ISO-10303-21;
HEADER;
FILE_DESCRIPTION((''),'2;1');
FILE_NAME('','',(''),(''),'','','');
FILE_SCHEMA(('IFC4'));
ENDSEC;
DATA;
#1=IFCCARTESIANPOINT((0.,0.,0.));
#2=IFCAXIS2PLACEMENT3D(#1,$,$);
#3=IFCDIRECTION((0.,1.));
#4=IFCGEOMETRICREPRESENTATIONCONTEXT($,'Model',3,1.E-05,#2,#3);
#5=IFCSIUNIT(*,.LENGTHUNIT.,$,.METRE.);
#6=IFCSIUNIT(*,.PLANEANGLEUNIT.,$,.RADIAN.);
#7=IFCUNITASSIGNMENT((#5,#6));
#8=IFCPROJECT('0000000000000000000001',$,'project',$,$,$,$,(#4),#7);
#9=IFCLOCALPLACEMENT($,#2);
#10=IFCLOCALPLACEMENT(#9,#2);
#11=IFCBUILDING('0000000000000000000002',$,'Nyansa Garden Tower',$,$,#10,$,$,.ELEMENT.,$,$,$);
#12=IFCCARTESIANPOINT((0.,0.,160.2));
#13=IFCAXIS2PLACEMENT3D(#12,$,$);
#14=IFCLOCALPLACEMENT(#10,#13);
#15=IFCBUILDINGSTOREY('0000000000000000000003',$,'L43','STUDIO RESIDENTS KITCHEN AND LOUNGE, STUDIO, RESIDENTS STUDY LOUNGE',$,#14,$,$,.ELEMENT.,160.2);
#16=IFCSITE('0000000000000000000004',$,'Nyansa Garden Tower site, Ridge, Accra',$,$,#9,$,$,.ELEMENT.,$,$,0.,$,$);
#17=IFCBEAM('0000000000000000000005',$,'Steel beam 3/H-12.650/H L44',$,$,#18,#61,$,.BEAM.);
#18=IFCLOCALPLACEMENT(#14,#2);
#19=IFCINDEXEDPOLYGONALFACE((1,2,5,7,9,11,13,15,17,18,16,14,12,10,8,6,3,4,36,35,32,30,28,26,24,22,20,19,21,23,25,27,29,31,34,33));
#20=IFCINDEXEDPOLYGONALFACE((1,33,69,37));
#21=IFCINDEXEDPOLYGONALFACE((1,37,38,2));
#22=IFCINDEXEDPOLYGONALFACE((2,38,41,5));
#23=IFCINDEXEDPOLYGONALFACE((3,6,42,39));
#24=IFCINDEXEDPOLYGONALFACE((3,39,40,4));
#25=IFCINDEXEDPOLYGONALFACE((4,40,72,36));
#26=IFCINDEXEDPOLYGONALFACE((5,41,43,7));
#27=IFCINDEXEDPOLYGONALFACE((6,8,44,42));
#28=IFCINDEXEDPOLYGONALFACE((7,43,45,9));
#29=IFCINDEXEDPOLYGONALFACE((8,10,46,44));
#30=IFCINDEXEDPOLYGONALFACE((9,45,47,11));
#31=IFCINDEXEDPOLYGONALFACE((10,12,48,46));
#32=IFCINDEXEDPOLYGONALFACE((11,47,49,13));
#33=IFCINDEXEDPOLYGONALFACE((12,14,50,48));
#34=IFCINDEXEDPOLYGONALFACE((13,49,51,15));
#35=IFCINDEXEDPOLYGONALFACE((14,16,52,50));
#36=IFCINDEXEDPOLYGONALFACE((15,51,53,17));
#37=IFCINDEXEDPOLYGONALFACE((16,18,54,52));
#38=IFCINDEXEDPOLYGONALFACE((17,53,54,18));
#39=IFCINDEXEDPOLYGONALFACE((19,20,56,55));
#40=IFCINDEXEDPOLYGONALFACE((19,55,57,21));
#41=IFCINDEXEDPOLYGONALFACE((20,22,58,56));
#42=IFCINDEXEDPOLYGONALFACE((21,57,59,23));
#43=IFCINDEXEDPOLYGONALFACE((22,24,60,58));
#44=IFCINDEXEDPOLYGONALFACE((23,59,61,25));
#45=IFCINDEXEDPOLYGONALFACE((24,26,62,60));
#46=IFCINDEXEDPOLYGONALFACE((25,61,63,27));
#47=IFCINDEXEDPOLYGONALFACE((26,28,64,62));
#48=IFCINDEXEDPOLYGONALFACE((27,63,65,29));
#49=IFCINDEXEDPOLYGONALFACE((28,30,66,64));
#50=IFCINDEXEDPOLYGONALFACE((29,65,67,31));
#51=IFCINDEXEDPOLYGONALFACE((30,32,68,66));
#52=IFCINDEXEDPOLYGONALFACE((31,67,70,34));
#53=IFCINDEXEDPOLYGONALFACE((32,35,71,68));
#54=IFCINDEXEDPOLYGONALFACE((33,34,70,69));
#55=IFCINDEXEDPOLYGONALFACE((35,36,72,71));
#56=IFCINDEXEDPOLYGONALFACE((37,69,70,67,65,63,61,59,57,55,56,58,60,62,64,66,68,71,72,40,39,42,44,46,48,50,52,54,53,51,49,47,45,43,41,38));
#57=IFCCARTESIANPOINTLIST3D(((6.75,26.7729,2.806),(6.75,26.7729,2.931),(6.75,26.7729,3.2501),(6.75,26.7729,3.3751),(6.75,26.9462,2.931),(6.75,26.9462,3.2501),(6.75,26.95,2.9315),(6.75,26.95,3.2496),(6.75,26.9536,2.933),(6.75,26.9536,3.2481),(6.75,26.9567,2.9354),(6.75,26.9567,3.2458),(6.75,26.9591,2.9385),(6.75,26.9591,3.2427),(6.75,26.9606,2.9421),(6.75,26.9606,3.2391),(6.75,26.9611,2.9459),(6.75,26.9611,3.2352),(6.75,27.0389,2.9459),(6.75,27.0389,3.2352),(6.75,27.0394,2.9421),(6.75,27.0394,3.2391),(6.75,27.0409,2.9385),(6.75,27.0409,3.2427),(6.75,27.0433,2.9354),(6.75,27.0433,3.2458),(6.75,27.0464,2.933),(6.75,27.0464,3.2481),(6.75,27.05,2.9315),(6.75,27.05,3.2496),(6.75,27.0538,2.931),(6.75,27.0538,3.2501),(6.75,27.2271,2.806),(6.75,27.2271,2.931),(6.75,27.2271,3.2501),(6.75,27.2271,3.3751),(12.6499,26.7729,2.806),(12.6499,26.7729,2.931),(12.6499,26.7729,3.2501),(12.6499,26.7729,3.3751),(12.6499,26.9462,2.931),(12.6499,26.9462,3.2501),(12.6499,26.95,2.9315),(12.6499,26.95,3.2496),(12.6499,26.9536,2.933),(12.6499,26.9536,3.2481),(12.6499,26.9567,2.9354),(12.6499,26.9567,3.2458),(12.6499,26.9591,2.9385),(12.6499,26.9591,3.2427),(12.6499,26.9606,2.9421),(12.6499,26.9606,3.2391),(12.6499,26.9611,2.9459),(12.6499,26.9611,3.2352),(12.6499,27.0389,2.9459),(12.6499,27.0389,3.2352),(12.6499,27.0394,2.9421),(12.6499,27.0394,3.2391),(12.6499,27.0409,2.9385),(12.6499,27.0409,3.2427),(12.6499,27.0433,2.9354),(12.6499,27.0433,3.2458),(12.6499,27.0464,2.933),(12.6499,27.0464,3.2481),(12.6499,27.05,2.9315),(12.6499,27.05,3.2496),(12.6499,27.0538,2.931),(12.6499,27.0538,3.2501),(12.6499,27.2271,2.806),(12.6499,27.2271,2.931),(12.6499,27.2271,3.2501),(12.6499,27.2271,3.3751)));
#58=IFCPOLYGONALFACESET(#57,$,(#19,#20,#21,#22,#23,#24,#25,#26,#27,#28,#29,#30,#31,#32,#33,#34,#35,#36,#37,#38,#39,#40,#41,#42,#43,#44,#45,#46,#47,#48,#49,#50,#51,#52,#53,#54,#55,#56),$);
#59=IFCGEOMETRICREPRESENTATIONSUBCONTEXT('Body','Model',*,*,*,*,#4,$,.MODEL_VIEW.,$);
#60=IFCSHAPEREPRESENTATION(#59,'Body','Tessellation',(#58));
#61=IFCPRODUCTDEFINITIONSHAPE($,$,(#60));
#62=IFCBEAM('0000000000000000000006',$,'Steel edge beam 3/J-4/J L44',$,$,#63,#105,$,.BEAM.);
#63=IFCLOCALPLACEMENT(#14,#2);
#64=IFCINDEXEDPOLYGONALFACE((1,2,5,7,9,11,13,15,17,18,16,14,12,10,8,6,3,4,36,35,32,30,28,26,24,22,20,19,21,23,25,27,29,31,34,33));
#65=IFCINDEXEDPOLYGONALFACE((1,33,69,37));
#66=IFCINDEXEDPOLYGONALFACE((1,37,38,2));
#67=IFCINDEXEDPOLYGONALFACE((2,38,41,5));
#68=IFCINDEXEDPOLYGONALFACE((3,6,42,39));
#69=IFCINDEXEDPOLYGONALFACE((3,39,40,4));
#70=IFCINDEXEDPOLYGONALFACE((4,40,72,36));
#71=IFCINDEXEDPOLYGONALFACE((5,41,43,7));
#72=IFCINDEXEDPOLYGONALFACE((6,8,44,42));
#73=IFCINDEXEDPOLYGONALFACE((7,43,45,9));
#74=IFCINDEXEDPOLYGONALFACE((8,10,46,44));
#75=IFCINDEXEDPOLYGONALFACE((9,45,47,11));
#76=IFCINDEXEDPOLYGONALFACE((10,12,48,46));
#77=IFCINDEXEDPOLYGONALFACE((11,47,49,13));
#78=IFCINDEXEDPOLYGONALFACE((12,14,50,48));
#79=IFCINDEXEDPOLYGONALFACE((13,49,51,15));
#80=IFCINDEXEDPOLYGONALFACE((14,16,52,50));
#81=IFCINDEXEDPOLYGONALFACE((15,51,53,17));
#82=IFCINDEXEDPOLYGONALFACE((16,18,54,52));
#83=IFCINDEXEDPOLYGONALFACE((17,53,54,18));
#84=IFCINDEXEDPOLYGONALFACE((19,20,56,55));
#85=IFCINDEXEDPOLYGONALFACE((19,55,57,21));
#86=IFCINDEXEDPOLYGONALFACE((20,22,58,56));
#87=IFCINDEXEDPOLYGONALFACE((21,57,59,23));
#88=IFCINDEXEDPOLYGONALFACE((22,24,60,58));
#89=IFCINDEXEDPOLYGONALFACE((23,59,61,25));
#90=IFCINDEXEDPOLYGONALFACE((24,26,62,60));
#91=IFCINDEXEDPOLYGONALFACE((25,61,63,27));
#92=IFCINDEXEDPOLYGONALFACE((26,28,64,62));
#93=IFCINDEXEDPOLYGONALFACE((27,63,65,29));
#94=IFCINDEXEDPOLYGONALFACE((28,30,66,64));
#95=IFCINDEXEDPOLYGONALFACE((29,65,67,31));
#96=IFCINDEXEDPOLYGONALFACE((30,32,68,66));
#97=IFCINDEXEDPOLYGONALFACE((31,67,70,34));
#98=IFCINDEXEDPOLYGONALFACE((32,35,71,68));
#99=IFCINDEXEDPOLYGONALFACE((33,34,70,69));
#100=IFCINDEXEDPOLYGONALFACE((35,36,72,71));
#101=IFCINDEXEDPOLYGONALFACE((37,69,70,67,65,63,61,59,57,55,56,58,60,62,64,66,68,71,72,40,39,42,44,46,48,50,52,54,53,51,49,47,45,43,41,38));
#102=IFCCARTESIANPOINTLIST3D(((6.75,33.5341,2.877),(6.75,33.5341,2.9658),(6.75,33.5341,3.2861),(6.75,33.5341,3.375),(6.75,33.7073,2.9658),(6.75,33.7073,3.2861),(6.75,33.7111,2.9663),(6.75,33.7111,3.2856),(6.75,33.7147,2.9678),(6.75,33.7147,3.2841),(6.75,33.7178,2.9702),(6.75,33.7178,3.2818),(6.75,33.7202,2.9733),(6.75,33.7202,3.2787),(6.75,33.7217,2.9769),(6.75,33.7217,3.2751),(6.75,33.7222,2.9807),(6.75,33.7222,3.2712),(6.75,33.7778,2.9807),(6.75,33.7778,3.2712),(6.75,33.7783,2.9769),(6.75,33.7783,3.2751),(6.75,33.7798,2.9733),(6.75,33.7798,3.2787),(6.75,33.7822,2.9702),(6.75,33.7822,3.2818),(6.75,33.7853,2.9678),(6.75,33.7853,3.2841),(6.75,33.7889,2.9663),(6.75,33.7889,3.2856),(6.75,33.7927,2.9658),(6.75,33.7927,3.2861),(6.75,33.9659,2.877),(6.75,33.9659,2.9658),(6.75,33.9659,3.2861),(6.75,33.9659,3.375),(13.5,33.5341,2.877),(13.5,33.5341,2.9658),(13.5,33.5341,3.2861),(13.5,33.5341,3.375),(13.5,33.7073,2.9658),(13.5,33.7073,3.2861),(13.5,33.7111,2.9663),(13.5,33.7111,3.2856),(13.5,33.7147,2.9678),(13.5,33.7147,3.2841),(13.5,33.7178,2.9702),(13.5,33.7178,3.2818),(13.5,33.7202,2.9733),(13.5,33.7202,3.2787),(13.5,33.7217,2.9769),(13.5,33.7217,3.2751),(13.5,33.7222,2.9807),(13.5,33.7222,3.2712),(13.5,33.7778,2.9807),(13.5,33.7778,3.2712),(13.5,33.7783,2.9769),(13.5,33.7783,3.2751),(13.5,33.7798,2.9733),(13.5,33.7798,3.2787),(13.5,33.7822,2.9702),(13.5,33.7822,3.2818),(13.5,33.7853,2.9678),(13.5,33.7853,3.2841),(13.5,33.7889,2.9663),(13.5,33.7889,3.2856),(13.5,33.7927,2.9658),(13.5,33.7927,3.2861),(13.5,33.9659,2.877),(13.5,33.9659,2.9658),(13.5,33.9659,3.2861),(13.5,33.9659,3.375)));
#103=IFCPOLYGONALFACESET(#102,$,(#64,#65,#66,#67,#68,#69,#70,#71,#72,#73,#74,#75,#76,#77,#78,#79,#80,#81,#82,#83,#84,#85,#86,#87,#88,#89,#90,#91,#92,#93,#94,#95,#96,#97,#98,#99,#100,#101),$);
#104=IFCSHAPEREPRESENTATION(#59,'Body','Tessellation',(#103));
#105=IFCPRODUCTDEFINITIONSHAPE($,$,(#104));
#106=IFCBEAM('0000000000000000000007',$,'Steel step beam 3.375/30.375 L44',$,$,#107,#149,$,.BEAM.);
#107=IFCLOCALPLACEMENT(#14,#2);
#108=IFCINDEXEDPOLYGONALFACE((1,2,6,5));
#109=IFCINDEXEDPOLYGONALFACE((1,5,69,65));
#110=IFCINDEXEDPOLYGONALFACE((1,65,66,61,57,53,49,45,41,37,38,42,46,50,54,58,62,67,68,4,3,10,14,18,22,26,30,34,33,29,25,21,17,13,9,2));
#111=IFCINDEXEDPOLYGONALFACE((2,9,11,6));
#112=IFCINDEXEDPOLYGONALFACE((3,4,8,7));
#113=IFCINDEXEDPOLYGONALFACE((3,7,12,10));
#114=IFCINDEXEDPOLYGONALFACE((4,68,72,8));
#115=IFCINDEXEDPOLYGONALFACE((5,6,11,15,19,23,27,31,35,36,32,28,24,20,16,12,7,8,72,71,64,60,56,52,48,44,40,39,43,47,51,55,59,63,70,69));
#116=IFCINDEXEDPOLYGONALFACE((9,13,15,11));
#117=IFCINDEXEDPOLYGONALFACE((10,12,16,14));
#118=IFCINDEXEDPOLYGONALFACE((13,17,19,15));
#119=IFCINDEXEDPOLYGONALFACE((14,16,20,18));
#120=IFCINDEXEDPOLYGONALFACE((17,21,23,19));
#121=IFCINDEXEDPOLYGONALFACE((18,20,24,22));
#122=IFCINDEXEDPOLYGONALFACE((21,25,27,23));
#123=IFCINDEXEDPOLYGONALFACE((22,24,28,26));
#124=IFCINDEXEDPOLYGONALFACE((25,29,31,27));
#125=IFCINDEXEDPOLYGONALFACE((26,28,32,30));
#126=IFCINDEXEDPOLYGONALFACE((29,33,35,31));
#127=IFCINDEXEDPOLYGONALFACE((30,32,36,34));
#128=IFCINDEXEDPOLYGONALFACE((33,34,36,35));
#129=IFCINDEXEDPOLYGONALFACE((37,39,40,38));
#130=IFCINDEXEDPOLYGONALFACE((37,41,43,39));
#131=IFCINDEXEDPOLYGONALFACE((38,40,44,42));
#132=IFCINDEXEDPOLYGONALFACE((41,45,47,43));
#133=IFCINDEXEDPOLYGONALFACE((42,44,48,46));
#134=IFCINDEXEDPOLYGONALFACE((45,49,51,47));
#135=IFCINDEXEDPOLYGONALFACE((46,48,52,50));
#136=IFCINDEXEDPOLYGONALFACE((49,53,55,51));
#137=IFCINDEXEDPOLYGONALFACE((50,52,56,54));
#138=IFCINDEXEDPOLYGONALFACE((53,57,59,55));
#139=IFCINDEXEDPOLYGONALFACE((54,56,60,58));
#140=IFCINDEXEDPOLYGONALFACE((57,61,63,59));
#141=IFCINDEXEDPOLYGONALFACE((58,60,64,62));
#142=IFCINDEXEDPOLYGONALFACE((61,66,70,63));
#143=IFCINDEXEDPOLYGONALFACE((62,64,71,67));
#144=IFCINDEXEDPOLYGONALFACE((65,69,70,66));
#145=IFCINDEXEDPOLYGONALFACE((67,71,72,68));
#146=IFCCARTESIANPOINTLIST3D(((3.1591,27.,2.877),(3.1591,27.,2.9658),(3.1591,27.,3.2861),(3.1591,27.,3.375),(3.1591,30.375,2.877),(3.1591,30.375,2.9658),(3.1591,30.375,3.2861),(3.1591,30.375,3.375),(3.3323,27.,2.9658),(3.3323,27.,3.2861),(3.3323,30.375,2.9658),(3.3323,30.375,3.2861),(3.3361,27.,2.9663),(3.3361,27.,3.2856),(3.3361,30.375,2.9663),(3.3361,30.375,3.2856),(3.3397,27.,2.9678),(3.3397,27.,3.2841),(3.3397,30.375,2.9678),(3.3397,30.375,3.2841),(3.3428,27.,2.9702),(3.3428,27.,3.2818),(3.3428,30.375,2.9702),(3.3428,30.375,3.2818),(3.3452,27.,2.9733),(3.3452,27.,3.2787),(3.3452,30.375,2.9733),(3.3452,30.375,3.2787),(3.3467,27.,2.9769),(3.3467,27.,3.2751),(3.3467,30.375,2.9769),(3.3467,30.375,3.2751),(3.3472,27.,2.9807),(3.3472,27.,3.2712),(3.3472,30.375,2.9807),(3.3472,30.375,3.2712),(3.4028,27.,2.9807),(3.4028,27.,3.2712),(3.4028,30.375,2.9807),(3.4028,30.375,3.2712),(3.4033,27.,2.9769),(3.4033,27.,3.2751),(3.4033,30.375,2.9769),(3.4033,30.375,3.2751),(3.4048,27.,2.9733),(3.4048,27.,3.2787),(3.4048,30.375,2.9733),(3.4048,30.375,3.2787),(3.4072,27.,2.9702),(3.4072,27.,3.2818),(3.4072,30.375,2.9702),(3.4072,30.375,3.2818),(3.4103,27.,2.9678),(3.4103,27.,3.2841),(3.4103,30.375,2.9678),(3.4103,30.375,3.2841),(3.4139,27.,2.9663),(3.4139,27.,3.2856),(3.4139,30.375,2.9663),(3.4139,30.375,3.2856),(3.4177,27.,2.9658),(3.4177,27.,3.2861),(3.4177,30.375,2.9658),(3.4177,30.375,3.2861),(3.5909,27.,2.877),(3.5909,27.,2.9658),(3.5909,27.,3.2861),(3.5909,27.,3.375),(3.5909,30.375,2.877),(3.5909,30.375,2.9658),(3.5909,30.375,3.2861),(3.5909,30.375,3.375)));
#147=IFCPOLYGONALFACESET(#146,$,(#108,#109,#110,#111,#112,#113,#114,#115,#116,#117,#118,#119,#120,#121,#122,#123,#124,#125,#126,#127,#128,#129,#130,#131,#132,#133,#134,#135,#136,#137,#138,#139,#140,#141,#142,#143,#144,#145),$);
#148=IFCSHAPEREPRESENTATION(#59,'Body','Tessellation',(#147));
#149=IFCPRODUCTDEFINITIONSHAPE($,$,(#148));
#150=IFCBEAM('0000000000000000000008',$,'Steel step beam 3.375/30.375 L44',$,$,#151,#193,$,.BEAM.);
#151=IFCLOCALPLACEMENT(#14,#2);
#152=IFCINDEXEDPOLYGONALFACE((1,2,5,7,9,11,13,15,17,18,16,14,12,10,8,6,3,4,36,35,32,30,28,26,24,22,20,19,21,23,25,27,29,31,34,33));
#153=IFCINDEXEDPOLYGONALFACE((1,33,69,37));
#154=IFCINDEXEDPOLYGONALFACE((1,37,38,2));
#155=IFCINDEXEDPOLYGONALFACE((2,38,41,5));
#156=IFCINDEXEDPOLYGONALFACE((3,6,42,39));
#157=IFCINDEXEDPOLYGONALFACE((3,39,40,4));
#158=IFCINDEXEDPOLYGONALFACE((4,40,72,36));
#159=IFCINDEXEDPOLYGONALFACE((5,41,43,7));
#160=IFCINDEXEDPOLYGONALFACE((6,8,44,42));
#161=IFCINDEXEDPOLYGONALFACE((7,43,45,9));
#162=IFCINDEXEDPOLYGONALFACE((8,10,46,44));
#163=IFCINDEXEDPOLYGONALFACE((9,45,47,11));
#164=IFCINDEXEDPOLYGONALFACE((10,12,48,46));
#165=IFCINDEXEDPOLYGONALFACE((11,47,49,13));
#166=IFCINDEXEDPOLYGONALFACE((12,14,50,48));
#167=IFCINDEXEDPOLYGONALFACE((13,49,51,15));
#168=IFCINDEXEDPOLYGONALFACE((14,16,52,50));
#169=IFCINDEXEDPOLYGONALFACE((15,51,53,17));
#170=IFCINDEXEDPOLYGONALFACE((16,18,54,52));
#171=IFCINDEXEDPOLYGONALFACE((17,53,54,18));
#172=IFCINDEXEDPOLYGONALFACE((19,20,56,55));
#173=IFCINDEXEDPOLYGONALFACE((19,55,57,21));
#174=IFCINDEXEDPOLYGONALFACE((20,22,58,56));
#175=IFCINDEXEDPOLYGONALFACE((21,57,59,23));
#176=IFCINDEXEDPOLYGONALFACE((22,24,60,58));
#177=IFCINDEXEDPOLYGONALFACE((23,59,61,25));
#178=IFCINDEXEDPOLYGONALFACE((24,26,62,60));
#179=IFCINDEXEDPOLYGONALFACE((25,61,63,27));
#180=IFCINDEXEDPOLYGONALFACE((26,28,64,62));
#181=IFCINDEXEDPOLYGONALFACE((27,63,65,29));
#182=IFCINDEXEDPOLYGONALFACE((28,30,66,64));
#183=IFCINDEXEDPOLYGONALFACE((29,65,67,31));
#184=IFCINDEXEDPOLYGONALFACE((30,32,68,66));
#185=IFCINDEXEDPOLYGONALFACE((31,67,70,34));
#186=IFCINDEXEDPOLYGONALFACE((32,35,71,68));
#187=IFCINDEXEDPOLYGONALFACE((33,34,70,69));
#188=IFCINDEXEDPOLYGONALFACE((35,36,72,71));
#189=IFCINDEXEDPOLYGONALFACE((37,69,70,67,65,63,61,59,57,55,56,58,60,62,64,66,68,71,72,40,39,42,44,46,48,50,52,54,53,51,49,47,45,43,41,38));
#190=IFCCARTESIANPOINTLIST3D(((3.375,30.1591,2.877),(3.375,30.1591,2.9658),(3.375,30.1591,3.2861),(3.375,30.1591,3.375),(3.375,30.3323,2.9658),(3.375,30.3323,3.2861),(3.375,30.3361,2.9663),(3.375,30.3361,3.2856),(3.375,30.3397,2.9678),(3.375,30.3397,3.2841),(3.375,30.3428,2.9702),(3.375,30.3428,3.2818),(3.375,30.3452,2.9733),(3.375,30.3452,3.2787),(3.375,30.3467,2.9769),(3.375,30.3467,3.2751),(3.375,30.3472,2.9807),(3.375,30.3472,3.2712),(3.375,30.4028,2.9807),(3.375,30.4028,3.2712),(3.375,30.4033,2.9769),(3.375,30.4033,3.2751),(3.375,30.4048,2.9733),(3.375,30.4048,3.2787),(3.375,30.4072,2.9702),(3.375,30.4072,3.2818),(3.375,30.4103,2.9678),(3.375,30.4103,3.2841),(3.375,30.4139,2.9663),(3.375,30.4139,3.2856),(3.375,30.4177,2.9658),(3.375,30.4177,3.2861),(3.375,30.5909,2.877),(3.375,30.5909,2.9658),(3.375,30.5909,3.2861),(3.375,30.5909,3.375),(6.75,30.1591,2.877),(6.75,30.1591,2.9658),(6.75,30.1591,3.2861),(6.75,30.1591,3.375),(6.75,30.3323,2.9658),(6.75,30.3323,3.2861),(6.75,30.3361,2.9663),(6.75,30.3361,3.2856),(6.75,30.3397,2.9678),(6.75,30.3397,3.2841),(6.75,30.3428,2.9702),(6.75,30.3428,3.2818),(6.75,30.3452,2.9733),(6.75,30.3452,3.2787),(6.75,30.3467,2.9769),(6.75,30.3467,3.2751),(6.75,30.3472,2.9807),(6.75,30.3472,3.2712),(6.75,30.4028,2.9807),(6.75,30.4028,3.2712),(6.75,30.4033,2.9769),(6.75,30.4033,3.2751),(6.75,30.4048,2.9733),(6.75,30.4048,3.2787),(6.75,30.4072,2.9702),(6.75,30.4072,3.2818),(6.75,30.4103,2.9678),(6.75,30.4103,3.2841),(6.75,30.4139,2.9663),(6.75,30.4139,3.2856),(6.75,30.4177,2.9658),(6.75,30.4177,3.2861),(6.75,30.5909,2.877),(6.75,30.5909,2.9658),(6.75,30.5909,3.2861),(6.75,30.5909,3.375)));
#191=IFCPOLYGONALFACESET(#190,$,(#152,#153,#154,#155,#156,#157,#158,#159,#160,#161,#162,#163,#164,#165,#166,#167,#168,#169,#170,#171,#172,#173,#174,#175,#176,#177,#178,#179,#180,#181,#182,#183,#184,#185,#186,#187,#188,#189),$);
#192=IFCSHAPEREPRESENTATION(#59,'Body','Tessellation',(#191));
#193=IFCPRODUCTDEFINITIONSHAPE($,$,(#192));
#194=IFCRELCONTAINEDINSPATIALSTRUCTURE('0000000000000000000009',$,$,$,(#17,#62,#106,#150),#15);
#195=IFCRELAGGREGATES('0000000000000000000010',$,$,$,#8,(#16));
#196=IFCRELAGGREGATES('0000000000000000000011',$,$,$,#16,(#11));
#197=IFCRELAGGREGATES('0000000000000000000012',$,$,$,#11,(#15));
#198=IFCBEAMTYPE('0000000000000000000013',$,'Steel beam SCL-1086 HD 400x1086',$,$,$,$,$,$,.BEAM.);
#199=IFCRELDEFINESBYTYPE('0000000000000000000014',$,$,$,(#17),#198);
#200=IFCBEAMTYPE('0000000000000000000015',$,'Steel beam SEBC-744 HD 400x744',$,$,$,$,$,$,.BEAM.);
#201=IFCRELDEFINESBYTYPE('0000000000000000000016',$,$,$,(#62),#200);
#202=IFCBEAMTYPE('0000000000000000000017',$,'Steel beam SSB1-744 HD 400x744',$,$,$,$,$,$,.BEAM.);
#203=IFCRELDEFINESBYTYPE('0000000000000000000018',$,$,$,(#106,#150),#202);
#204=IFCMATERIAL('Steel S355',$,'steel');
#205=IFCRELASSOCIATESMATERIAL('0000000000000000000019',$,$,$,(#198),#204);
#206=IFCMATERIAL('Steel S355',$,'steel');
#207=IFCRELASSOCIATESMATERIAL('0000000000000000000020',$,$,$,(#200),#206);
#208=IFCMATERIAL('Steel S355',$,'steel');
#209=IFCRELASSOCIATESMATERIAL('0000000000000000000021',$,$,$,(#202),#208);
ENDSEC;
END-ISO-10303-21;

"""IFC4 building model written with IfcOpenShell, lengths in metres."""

from ifc_helpers import new_model, si_unit, direction, frame, origin, origin_2d, place, context, subcontext, project, spatial, i_section, extrude, material, material_profile, profile_set, type_object, element, save


model = new_model("IFC4")

# Units and contexts
model_context = context("Model", 3, precision=1e-05, world=origin(), true_north=direction((0.0, 1.0)))
body_context = subcontext(model_context, "Body", "Model", "MODEL_VIEW")
ifc_project = project(units=[si_unit("LENGTHUNIT", "METRE"), si_unit("PLANEANGLEUNIT", "RADIAN")], contexts=[model_context])

# Site, building, storey
site_placement = place(None, origin())
site = spatial("IfcSite", under=ifc_project, at=site_placement, Name="Nyansa Garden Tower site, Ridge, Accra", CompositionType="ELEMENT", RefElevation=0.0)
building_placement = place(site_placement, origin())
building = spatial("IfcBuilding", under=site, at=building_placement, Name="Nyansa Garden Tower", CompositionType="ELEMENT")
storey_placement = place(building_placement, frame((0.0, 0.0, 160.2)))
storey = spatial("IfcBuildingStorey", under=building, at=storey_placement, Name="L43", Description="STUDIO RESIDENTS KITCHEN AND LOUNGE, STUDIO, RESIDENTS STUDY LOUNGE", CompositionType="ELEMENT", Elevation=160.2)

# Beams
ifc_material_1 = material(Name="Steel S355", Category="steel")
ifc_material_profile_1 = material_profile(ifc_material_1, i_section(OverallWidth=0.4541, OverallDepth=0.5691, WebThickness=0.0779, FlangeThickness=0.125, FilletRadius=0.0149, at=origin_2d()), Name="HD 400x1086")
ifc_profile_set_1 = profile_set([ifc_material_profile_1], Name="Steel S355")
beam_type_1 = type_object("IfcBeamType", Name="Steel beam SCL-1086 HD 400x1086", PredefinedType="BEAM", material=ifc_profile_set_1)
beam_1_placement = place(storey_placement, frame((6.75, 27.0, 3.0906), z_axis=(1.0, 0.0, 0.0), x_axis=(0.0, 1.0, 0.0)))
element("IfcBeam", 1, at=beam_1_placement, inside=storey, type_object=beam_type_1, Name="Steel beam 3/H-12.650/H L44", PredefinedType="BEAM", context=body_context, shape_type="SweptSolid", body=[
    extrude(i_section(OverallWidth=0.4541, OverallDepth=0.5691, WebThickness=0.0779, FlangeThickness=0.125, FilletRadius=0.0149, at=origin_2d()), origin(), (0.0, 0.0, 1.0), 5.8999),
])
ifc_material_2 = material(Name="Steel S355", Category="steel")
ifc_material_profile_2 = material_profile(ifc_material_2, i_section(OverallWidth=0.4319, OverallDepth=0.498, WebThickness=0.0557, FlangeThickness=0.0889, FilletRadius=0.0149, at=origin_2d()), Name="HD 400x744")
ifc_profile_set_2 = profile_set([ifc_material_profile_2], Name="Steel S355")
beam_type_2 = type_object("IfcBeamType", Name="Steel beam SEBC-744 HD 400x744", PredefinedType="BEAM", material=ifc_profile_set_2)
beam_2_placement = place(storey_placement, frame((6.75, 33.75, 3.126), z_axis=(1.0, 0.0, 0.0), x_axis=(0.0, 1.0, 0.0)))
element("IfcBeam", 2, at=beam_2_placement, inside=storey, type_object=beam_type_2, Name="Steel edge beam 3/J-4/J L44", PredefinedType="BEAM", context=body_context, shape_type="SweptSolid", body=[
    extrude(i_section(OverallWidth=0.4319, OverallDepth=0.498, WebThickness=0.0557, FlangeThickness=0.0889, FilletRadius=0.0149, at=origin_2d()), origin(), (0.0, 0.0, 1.0), 6.75),
])
ifc_material_3 = material(Name="Steel S355", Category="steel")
ifc_material_profile_3 = material_profile(ifc_material_3, i_section(OverallWidth=0.4319, OverallDepth=0.498, WebThickness=0.0557, FlangeThickness=0.0889, FilletRadius=0.0149, at=origin_2d()), Name="HD 400x744")
ifc_profile_set_3 = profile_set([ifc_material_profile_3], Name="Steel S355")
beam_type_3 = type_object("IfcBeamType", Name="Steel beam SSB1-744 HD 400x744", PredefinedType="BEAM", material=ifc_profile_set_3)
for number, where, z_axis, x_axis, name in (
    (3, (3.375, 30.375, 3.126), (0.0, -1.0, 0.0), (1.0, 0.0, 0.0), "Steel step beam 3.375/30.375 L44"),
    (4, (3.375, 30.375, 3.126), (1.0, 0.0, 0.0), (0.0, 1.0, 0.0), "Steel step beam 3.375/30.375 L44"),
):
    element("IfcBeam", number, at=place(storey_placement, frame(where, z_axis=z_axis, x_axis=x_axis)), inside=storey, type_object=beam_type_3, Name=name, PredefinedType="BEAM", context=body_context, shape_type="SweptSolid", body=[
        extrude(i_section(OverallWidth=0.4319, OverallDepth=0.498, WebThickness=0.0557, FlangeThickness=0.0889, FilletRadius=0.0149, at=origin_2d()), origin(), (0.0, 0.0, 1.0), 3.375),
    ])

save(model, "model.ifc")
